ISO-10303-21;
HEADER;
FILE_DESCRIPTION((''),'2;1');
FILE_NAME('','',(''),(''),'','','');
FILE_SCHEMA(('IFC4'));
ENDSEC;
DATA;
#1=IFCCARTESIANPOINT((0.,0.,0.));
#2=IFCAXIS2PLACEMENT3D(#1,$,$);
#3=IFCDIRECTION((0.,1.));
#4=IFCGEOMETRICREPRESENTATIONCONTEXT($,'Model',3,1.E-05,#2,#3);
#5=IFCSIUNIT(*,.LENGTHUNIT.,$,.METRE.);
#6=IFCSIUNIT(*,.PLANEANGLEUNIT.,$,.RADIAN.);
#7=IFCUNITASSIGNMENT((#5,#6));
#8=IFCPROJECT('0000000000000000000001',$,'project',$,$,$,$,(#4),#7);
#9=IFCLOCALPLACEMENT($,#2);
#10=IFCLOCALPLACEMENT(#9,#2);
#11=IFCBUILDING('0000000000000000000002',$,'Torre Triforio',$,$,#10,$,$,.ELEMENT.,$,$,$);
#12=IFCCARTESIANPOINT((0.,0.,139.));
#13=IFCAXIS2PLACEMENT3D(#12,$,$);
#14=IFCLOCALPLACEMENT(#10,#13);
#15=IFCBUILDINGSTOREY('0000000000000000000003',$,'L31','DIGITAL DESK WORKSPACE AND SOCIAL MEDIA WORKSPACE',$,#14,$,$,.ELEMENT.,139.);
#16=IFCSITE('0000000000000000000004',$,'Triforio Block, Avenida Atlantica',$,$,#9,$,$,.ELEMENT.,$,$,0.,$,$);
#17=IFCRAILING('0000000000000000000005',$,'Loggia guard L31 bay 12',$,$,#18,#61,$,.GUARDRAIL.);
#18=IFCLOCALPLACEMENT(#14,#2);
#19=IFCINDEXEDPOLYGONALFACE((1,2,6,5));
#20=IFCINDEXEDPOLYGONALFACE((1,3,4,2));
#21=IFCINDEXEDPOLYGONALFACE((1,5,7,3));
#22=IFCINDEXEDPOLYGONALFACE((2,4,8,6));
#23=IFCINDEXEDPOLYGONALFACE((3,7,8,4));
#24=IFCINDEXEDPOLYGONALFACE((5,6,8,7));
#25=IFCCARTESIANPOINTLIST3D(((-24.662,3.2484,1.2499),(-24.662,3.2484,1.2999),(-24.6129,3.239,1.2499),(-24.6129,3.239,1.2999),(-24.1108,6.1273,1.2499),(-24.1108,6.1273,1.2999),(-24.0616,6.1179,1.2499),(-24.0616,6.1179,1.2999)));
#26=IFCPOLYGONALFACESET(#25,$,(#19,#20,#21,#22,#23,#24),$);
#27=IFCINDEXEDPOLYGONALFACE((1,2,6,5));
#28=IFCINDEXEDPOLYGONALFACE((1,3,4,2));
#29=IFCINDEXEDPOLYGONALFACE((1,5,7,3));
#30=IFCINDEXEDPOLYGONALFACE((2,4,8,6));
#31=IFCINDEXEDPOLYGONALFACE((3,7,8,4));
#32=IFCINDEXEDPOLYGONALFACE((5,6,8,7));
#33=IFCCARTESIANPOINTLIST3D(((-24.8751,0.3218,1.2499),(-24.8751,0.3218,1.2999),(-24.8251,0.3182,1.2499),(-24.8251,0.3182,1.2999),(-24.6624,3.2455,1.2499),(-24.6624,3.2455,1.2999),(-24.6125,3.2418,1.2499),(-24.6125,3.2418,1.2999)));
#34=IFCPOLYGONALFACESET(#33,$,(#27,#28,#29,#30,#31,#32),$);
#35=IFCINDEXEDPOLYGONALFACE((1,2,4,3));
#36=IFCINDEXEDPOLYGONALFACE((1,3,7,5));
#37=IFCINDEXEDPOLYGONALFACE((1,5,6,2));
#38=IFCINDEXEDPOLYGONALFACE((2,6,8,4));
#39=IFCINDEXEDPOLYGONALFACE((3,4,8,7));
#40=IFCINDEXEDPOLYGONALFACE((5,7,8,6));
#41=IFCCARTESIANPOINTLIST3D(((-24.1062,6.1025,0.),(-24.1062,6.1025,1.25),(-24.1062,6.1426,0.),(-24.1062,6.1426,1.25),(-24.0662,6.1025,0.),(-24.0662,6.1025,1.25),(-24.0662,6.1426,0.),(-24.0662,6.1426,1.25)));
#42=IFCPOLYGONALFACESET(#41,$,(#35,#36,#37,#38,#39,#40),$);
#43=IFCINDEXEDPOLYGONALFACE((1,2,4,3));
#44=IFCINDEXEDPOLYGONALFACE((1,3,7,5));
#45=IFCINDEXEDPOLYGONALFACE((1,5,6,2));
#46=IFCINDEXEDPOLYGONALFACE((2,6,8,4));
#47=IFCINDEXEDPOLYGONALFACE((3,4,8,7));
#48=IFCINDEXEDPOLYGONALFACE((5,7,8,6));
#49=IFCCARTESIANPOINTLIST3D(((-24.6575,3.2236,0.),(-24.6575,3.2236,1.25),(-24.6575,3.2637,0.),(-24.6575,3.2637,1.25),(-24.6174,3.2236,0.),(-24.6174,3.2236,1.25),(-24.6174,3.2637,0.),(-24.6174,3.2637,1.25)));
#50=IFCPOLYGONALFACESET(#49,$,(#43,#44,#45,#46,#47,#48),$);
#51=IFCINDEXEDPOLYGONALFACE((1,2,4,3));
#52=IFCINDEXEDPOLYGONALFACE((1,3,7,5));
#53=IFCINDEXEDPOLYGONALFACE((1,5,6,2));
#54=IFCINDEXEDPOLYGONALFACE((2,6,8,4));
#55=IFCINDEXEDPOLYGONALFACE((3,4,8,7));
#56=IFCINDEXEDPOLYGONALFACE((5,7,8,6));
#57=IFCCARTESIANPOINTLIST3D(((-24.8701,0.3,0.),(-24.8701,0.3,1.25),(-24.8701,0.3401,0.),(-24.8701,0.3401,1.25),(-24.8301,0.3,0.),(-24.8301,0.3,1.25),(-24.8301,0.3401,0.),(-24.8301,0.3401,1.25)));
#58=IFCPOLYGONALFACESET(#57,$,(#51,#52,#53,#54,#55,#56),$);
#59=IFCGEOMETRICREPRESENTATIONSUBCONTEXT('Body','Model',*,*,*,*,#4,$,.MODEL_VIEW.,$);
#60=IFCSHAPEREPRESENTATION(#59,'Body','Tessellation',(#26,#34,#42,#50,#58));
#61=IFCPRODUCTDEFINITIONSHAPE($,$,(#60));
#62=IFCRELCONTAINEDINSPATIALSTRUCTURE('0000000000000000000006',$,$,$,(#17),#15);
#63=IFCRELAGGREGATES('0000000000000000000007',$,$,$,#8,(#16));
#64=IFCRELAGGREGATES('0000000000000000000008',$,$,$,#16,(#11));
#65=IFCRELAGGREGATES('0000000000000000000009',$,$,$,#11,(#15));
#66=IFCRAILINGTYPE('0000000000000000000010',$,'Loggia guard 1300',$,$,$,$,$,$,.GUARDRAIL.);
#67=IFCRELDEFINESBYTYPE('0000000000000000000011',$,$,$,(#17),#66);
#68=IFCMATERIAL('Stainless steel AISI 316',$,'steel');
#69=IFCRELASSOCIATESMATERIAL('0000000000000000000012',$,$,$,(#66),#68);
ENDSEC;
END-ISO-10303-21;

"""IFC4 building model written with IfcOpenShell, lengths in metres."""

from ifc_helpers import new_model, si_unit, direction, frame, origin, origin_2d, place, context, subcontext, project, spatial, rectangle, extrude, material, type_object, element, save


model = new_model("IFC4")

# Units and contexts
model_context = context("Model", 3, precision=1e-05, world=origin(), true_north=direction((0.0, 1.0)))
body_context = subcontext(model_context, "Body", "Model", "MODEL_VIEW")
ifc_project = project(units=[si_unit("LENGTHUNIT", "METRE"), si_unit("PLANEANGLEUNIT", "RADIAN")], contexts=[model_context])

# Site, building, storey
site_placement = place(None, origin())
site = spatial("IfcSite", under=ifc_project, at=site_placement, Name="Triforio Block, Avenida Atlantica", CompositionType="ELEMENT", RefElevation=0.0)
building_placement = place(site_placement, origin())
building = spatial("IfcBuilding", under=site, at=building_placement, Name="Torre Triforio", CompositionType="ELEMENT")
storey_placement = place(building_placement, frame((0.0, 0.0, 139.0)))
storey = spatial("IfcBuildingStorey", under=building, at=storey_placement, Name="L31", Description="DIGITAL DESK WORKSPACE AND SOCIAL MEDIA WORKSPACE", CompositionType="ELEMENT", Elevation=139.0)

# Railing
ifc_material_1 = material(Name="Stainless steel AISI 316", Category="steel")
railing_type = type_object("IfcRailingType", Name="Loggia guard 1300", PredefinedType="GUARDRAIL", material=ifc_material_1)
railing_placement = place(storey_placement, frame((-24.0862, 6.1226, 0.0)))
element("IfcRailing", 1, at=railing_placement, inside=storey, type_object=railing_type, Name="Loggia guard L31 bay 12", PredefinedType="GUARDRAIL", context=body_context, shape_type="SweptSolid", body=[
    extrude(rectangle(XDim=0.05, YDim=0.05, at=origin_2d()), frame((0.0, 0.0, 1.2749), z_axis=(-0.188069, -0.982156, 0.0), x_axis=(0.982156, -0.188069, 0.0)), (0.0, 0.0, 1.0), 2.9312),
    extrude(rectangle(XDim=0.05, YDim=0.05, at=origin_2d()), frame((-0.5513, -2.8789, 1.2749), z_axis=(-0.072543, -0.997365, 0.0), x_axis=(0.997365, -0.072543, 0.0)), (0.0, 0.0, 1.0), 2.9314),
    extrude(rectangle(XDim=0.04, YDim=0.04, at=origin_2d()), origin(), (0.0, 0.0, 1.0), 1.25),
    extrude(rectangle(XDim=0.04, YDim=0.04, at=origin_2d()), frame((-0.5513, -2.8789, 0.0)), (0.0, 0.0, 1.0), 1.25),
    extrude(rectangle(XDim=0.04, YDim=0.04, at=origin_2d()), frame((-0.7639, -5.8025, 0.0)), (0.0, 0.0, 1.0), 1.25),
])

save(model, "model.ifc")
